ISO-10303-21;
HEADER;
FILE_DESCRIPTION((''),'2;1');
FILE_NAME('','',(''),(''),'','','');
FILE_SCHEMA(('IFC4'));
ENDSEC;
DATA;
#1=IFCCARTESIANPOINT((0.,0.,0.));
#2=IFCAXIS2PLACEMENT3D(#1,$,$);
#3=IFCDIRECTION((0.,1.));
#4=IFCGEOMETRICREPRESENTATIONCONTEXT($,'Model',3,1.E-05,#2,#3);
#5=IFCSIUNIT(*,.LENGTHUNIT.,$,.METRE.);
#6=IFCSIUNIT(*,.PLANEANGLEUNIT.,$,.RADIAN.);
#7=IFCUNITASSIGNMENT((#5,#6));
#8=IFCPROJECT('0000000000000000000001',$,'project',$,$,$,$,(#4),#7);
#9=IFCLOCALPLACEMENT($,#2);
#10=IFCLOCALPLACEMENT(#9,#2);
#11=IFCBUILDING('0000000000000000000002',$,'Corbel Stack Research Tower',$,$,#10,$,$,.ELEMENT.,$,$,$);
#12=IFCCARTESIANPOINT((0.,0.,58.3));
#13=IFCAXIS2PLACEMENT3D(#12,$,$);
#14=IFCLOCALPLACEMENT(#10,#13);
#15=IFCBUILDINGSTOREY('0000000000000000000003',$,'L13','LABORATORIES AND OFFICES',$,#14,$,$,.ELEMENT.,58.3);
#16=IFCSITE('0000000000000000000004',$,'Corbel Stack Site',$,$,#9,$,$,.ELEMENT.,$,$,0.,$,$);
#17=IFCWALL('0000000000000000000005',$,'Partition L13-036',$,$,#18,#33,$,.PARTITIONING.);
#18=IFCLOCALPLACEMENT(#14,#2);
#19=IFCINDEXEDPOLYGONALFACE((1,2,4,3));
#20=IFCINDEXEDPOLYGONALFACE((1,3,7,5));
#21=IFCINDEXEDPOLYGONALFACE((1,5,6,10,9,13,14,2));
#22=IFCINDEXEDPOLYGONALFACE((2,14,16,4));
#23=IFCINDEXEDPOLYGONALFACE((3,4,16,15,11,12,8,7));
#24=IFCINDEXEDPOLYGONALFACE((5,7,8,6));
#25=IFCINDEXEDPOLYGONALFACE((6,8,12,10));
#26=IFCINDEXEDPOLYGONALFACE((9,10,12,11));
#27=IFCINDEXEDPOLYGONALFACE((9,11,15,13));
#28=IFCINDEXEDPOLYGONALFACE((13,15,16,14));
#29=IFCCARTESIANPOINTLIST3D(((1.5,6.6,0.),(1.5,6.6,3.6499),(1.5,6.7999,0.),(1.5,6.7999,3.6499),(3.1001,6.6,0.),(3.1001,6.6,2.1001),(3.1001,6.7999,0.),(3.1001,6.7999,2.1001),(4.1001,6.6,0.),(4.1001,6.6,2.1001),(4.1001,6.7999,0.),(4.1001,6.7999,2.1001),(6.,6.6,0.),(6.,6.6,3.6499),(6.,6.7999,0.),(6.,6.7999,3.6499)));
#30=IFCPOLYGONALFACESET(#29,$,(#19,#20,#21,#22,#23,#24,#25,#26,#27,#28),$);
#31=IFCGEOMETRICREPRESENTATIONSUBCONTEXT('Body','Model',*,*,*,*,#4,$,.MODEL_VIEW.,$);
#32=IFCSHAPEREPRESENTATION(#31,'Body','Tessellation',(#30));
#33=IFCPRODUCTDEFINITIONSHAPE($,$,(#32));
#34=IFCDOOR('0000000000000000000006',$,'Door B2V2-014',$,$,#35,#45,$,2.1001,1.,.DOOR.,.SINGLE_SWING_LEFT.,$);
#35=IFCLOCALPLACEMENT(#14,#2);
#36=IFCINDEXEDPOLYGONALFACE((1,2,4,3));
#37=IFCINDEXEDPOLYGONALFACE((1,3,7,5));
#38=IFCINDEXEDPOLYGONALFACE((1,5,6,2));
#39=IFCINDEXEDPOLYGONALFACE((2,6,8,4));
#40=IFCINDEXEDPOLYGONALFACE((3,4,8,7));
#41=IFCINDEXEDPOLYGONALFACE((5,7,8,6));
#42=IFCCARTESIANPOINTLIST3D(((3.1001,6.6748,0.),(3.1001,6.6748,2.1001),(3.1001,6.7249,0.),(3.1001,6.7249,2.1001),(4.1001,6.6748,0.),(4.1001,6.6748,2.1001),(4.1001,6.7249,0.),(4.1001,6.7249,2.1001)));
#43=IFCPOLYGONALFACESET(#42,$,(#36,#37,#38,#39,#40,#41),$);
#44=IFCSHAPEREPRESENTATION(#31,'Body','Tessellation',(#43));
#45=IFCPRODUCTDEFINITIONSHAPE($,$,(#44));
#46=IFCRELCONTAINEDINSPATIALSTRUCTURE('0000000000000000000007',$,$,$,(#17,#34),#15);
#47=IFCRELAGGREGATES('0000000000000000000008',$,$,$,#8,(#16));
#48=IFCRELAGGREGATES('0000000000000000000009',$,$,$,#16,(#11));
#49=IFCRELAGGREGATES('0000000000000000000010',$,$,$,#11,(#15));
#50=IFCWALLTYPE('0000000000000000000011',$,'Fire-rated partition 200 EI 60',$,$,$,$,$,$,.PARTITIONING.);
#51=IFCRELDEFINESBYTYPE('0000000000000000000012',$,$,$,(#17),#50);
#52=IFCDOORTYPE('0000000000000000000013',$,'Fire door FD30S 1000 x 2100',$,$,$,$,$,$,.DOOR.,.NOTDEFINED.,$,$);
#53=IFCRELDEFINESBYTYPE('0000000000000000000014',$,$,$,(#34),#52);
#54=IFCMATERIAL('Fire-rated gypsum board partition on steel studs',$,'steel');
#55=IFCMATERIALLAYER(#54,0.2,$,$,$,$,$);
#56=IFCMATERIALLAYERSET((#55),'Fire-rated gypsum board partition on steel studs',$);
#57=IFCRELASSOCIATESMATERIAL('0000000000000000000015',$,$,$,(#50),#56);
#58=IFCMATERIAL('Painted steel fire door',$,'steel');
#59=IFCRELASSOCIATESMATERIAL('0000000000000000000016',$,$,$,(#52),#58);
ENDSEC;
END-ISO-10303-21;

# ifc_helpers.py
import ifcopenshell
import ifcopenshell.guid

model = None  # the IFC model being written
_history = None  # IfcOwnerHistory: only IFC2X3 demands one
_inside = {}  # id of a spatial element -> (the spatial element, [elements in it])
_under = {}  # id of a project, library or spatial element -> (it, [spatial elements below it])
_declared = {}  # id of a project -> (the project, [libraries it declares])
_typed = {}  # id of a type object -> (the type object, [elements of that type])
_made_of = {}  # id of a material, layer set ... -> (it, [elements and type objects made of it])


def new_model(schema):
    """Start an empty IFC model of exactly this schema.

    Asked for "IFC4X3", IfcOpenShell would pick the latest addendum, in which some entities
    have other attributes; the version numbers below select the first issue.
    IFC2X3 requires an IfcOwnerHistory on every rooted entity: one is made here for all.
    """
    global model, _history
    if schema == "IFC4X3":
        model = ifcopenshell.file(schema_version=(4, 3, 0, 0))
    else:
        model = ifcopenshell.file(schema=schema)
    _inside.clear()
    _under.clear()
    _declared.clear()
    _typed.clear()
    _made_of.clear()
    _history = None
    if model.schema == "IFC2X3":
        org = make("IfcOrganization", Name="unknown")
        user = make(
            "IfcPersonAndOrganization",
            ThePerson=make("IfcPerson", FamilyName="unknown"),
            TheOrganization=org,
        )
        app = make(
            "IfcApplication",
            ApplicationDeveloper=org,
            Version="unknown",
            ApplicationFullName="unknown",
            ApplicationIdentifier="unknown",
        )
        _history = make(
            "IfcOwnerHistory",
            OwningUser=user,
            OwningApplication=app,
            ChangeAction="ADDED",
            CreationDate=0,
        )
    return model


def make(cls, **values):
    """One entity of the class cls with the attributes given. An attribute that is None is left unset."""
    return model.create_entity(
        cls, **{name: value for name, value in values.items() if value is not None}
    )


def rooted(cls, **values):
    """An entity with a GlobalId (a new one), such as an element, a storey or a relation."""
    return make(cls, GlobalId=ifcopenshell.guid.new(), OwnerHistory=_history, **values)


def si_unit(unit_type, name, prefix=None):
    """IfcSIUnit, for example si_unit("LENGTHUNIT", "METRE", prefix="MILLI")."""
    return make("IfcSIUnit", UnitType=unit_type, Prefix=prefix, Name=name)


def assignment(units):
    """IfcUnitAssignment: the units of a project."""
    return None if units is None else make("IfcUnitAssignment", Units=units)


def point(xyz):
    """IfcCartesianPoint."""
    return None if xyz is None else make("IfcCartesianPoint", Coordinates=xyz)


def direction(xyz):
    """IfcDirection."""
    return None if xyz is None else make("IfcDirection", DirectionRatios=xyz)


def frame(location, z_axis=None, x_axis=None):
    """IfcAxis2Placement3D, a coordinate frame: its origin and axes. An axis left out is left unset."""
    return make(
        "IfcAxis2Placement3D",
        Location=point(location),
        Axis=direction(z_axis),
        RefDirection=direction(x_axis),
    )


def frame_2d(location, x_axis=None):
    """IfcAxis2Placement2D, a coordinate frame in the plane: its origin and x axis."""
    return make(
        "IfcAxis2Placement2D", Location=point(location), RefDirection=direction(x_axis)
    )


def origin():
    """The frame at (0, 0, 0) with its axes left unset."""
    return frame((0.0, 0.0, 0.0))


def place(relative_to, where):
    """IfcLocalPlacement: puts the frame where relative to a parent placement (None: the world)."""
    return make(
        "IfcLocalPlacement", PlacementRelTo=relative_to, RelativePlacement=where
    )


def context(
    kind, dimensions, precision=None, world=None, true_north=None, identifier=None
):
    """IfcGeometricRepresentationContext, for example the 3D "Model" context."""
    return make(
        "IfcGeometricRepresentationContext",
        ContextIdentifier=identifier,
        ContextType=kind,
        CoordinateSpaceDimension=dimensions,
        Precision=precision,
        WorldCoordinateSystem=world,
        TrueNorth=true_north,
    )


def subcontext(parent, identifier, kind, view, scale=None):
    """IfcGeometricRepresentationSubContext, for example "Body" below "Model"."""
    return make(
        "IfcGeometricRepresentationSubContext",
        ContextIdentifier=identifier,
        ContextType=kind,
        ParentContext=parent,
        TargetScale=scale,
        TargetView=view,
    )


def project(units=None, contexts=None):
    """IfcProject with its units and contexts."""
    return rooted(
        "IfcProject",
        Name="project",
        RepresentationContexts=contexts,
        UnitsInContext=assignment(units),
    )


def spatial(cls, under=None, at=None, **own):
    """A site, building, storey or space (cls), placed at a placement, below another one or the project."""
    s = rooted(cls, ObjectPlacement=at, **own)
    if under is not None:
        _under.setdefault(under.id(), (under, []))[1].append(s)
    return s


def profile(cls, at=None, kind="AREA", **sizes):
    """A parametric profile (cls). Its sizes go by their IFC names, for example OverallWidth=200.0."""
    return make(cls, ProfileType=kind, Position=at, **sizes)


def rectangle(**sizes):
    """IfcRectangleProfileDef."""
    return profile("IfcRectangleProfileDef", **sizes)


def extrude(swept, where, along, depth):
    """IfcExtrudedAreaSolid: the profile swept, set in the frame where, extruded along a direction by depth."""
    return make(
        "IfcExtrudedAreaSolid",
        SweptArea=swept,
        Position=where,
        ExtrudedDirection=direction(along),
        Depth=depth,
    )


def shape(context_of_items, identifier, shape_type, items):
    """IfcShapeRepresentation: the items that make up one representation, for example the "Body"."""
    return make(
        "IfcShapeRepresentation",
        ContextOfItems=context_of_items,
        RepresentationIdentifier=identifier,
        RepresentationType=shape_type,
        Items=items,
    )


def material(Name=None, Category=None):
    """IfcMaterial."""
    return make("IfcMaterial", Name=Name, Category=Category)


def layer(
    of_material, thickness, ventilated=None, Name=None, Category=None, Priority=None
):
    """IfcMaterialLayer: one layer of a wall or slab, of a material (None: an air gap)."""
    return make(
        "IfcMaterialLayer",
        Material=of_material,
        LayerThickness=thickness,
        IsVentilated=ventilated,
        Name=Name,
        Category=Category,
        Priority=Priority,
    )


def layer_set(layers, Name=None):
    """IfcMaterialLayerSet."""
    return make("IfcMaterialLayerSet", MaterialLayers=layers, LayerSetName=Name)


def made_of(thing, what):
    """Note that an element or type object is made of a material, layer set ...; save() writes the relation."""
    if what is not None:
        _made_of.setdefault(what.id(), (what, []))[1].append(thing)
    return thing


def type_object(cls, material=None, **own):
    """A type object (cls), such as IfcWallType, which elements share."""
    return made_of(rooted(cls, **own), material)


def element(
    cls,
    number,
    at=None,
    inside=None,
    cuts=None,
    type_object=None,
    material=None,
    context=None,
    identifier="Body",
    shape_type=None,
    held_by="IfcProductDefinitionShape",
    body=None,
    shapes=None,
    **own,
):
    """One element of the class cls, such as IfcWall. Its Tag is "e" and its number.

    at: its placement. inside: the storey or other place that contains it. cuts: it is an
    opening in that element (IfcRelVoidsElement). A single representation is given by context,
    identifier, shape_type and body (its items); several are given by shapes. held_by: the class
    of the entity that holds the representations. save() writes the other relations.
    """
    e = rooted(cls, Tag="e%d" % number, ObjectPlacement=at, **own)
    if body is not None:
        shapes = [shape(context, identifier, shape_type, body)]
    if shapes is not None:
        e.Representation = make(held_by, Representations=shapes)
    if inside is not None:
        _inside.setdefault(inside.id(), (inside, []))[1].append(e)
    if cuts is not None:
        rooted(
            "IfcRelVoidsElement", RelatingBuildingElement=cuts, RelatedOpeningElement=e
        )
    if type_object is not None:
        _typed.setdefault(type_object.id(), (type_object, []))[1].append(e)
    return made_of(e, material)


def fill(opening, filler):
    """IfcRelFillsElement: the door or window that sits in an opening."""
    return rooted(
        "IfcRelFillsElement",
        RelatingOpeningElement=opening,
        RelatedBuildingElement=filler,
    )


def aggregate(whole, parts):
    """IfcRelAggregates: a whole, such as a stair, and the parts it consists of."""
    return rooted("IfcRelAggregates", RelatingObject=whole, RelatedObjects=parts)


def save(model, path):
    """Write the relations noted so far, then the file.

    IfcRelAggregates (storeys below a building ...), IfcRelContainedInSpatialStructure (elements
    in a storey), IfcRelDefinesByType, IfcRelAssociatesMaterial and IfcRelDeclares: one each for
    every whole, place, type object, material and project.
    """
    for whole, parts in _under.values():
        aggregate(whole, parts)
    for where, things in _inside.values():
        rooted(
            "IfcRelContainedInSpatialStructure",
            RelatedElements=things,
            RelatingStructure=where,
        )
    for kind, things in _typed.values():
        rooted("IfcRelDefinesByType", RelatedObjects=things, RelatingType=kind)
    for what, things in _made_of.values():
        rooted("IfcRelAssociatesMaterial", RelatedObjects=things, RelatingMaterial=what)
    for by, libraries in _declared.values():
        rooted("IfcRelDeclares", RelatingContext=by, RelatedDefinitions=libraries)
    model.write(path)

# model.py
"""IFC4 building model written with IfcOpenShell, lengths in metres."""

from ifc_helpers import new_model, si_unit, direction, frame, frame_2d, origin, place, context, subcontext, project, spatial, rectangle, extrude, material, layer, layer_set, type_object, element, fill, save


model = new_model("IFC4")

# Units and contexts
model_context = context("Model", 3, precision=1e-05, world=origin(), true_north=direction((0.0, 1.0)))
body_context = subcontext(model_context, "Body", "Model", "MODEL_VIEW")
ifc_project = project(units=[si_unit("LENGTHUNIT", "METRE"), si_unit("PLANEANGLEUNIT", "RADIAN")], contexts=[model_context])

# Site, building, storey
site_placement = place(None, origin())
site = spatial("IfcSite", under=ifc_project, at=site_placement, Name="Corbel Stack Site", CompositionType="ELEMENT", RefElevation=0.0)
building_placement = place(site_placement, origin())
building = spatial("IfcBuilding", under=site, at=building_placement, Name="Corbel Stack Research Tower", CompositionType="ELEMENT")
storey_placement = place(building_placement, frame((0.0, 0.0, 58.3)))
storey = spatial("IfcBuildingStorey", under=building, at=storey_placement, Name="L13", Description="LABORATORIES AND OFFICES", CompositionType="ELEMENT", Elevation=58.3)

# Wall, opening, door
ifc_material_1 = material(Name="Fire-rated gypsum board partition on steel studs", Category="steel")
ifc_layer_1 = layer(ifc_material_1, 0.2)
ifc_layer_set_1 = layer_set([ifc_layer_1], Name="Fire-rated gypsum board partition on steel studs")
wall_type_1 = type_object("IfcWallType", Name="Fire-rated partition 200 EI 60", PredefinedType="PARTITIONING", material=ifc_layer_set_1)
wall_1_placement = place(storey_placement, frame((1.5, 6.7, 0.0), z_axis=(0.0, 0.0, 1.0), x_axis=(1.0, 0.0, 0.0)))
wall_1 = element("IfcWall", 1, at=wall_1_placement, inside=storey, type_object=wall_type_1, Name="Partition L13-036", PredefinedType="PARTITIONING", context=body_context, shape_type="SweptSolid", body=[
    extrude(rectangle(XDim=4.5, YDim=0.2, at=frame_2d((2.25, 0.0))), origin(), (0.0, 0.0, 1.0), 3.6499),
])
opening_1_placement = place(wall_1_placement, frame((1.6001, 0.0, 0.0)))
opening_1 = element("IfcOpeningElement", 2, at=opening_1_placement, cuts=wall_1, PredefinedType="OPENING", context=body_context, shape_type="SweptSolid", body=[
    extrude(rectangle(XDim=1.0, YDim=2.1001, at=frame_2d((0.5, 1.05))), frame((0.0, 0.1099, 0.0), z_axis=(0.0, -1.0, 0.0), x_axis=(1.0, 0.0, 0.0)), (0.0, 0.0, 1.0), 0.22),
])
ifc_material_2 = material(Name="Painted steel fire door", Category="steel")
door_type_1 = type_object("IfcDoorType", Name="Fire door FD30S 1000 x 2100", OperationType="NOTDEFINED", PredefinedType="DOOR", material=ifc_material_2)
door_1_placement = place(opening_1_placement, origin())
door_1 = element("IfcDoor", 3, at=door_1_placement, inside=storey, type_object=door_type_1, Name="Door B2V2-014", OperationType="SINGLE_SWING_LEFT", OverallHeight=2.1001, OverallWidth=1.0, PredefinedType="DOOR", context=body_context, shape_type="SweptSolid", body=[
    extrude(rectangle(XDim=1.0, YDim=2.1001, at=frame_2d((0.5, 1.05))), frame((0.0, 0.0249, 0.0), z_axis=(0.0, -1.0, 0.0), x_axis=(1.0, 0.0, 0.0)), (0.0, 0.0, 1.0), 0.05),
])
fill(opening_1, door_1)

save(model, "model.ifc")
